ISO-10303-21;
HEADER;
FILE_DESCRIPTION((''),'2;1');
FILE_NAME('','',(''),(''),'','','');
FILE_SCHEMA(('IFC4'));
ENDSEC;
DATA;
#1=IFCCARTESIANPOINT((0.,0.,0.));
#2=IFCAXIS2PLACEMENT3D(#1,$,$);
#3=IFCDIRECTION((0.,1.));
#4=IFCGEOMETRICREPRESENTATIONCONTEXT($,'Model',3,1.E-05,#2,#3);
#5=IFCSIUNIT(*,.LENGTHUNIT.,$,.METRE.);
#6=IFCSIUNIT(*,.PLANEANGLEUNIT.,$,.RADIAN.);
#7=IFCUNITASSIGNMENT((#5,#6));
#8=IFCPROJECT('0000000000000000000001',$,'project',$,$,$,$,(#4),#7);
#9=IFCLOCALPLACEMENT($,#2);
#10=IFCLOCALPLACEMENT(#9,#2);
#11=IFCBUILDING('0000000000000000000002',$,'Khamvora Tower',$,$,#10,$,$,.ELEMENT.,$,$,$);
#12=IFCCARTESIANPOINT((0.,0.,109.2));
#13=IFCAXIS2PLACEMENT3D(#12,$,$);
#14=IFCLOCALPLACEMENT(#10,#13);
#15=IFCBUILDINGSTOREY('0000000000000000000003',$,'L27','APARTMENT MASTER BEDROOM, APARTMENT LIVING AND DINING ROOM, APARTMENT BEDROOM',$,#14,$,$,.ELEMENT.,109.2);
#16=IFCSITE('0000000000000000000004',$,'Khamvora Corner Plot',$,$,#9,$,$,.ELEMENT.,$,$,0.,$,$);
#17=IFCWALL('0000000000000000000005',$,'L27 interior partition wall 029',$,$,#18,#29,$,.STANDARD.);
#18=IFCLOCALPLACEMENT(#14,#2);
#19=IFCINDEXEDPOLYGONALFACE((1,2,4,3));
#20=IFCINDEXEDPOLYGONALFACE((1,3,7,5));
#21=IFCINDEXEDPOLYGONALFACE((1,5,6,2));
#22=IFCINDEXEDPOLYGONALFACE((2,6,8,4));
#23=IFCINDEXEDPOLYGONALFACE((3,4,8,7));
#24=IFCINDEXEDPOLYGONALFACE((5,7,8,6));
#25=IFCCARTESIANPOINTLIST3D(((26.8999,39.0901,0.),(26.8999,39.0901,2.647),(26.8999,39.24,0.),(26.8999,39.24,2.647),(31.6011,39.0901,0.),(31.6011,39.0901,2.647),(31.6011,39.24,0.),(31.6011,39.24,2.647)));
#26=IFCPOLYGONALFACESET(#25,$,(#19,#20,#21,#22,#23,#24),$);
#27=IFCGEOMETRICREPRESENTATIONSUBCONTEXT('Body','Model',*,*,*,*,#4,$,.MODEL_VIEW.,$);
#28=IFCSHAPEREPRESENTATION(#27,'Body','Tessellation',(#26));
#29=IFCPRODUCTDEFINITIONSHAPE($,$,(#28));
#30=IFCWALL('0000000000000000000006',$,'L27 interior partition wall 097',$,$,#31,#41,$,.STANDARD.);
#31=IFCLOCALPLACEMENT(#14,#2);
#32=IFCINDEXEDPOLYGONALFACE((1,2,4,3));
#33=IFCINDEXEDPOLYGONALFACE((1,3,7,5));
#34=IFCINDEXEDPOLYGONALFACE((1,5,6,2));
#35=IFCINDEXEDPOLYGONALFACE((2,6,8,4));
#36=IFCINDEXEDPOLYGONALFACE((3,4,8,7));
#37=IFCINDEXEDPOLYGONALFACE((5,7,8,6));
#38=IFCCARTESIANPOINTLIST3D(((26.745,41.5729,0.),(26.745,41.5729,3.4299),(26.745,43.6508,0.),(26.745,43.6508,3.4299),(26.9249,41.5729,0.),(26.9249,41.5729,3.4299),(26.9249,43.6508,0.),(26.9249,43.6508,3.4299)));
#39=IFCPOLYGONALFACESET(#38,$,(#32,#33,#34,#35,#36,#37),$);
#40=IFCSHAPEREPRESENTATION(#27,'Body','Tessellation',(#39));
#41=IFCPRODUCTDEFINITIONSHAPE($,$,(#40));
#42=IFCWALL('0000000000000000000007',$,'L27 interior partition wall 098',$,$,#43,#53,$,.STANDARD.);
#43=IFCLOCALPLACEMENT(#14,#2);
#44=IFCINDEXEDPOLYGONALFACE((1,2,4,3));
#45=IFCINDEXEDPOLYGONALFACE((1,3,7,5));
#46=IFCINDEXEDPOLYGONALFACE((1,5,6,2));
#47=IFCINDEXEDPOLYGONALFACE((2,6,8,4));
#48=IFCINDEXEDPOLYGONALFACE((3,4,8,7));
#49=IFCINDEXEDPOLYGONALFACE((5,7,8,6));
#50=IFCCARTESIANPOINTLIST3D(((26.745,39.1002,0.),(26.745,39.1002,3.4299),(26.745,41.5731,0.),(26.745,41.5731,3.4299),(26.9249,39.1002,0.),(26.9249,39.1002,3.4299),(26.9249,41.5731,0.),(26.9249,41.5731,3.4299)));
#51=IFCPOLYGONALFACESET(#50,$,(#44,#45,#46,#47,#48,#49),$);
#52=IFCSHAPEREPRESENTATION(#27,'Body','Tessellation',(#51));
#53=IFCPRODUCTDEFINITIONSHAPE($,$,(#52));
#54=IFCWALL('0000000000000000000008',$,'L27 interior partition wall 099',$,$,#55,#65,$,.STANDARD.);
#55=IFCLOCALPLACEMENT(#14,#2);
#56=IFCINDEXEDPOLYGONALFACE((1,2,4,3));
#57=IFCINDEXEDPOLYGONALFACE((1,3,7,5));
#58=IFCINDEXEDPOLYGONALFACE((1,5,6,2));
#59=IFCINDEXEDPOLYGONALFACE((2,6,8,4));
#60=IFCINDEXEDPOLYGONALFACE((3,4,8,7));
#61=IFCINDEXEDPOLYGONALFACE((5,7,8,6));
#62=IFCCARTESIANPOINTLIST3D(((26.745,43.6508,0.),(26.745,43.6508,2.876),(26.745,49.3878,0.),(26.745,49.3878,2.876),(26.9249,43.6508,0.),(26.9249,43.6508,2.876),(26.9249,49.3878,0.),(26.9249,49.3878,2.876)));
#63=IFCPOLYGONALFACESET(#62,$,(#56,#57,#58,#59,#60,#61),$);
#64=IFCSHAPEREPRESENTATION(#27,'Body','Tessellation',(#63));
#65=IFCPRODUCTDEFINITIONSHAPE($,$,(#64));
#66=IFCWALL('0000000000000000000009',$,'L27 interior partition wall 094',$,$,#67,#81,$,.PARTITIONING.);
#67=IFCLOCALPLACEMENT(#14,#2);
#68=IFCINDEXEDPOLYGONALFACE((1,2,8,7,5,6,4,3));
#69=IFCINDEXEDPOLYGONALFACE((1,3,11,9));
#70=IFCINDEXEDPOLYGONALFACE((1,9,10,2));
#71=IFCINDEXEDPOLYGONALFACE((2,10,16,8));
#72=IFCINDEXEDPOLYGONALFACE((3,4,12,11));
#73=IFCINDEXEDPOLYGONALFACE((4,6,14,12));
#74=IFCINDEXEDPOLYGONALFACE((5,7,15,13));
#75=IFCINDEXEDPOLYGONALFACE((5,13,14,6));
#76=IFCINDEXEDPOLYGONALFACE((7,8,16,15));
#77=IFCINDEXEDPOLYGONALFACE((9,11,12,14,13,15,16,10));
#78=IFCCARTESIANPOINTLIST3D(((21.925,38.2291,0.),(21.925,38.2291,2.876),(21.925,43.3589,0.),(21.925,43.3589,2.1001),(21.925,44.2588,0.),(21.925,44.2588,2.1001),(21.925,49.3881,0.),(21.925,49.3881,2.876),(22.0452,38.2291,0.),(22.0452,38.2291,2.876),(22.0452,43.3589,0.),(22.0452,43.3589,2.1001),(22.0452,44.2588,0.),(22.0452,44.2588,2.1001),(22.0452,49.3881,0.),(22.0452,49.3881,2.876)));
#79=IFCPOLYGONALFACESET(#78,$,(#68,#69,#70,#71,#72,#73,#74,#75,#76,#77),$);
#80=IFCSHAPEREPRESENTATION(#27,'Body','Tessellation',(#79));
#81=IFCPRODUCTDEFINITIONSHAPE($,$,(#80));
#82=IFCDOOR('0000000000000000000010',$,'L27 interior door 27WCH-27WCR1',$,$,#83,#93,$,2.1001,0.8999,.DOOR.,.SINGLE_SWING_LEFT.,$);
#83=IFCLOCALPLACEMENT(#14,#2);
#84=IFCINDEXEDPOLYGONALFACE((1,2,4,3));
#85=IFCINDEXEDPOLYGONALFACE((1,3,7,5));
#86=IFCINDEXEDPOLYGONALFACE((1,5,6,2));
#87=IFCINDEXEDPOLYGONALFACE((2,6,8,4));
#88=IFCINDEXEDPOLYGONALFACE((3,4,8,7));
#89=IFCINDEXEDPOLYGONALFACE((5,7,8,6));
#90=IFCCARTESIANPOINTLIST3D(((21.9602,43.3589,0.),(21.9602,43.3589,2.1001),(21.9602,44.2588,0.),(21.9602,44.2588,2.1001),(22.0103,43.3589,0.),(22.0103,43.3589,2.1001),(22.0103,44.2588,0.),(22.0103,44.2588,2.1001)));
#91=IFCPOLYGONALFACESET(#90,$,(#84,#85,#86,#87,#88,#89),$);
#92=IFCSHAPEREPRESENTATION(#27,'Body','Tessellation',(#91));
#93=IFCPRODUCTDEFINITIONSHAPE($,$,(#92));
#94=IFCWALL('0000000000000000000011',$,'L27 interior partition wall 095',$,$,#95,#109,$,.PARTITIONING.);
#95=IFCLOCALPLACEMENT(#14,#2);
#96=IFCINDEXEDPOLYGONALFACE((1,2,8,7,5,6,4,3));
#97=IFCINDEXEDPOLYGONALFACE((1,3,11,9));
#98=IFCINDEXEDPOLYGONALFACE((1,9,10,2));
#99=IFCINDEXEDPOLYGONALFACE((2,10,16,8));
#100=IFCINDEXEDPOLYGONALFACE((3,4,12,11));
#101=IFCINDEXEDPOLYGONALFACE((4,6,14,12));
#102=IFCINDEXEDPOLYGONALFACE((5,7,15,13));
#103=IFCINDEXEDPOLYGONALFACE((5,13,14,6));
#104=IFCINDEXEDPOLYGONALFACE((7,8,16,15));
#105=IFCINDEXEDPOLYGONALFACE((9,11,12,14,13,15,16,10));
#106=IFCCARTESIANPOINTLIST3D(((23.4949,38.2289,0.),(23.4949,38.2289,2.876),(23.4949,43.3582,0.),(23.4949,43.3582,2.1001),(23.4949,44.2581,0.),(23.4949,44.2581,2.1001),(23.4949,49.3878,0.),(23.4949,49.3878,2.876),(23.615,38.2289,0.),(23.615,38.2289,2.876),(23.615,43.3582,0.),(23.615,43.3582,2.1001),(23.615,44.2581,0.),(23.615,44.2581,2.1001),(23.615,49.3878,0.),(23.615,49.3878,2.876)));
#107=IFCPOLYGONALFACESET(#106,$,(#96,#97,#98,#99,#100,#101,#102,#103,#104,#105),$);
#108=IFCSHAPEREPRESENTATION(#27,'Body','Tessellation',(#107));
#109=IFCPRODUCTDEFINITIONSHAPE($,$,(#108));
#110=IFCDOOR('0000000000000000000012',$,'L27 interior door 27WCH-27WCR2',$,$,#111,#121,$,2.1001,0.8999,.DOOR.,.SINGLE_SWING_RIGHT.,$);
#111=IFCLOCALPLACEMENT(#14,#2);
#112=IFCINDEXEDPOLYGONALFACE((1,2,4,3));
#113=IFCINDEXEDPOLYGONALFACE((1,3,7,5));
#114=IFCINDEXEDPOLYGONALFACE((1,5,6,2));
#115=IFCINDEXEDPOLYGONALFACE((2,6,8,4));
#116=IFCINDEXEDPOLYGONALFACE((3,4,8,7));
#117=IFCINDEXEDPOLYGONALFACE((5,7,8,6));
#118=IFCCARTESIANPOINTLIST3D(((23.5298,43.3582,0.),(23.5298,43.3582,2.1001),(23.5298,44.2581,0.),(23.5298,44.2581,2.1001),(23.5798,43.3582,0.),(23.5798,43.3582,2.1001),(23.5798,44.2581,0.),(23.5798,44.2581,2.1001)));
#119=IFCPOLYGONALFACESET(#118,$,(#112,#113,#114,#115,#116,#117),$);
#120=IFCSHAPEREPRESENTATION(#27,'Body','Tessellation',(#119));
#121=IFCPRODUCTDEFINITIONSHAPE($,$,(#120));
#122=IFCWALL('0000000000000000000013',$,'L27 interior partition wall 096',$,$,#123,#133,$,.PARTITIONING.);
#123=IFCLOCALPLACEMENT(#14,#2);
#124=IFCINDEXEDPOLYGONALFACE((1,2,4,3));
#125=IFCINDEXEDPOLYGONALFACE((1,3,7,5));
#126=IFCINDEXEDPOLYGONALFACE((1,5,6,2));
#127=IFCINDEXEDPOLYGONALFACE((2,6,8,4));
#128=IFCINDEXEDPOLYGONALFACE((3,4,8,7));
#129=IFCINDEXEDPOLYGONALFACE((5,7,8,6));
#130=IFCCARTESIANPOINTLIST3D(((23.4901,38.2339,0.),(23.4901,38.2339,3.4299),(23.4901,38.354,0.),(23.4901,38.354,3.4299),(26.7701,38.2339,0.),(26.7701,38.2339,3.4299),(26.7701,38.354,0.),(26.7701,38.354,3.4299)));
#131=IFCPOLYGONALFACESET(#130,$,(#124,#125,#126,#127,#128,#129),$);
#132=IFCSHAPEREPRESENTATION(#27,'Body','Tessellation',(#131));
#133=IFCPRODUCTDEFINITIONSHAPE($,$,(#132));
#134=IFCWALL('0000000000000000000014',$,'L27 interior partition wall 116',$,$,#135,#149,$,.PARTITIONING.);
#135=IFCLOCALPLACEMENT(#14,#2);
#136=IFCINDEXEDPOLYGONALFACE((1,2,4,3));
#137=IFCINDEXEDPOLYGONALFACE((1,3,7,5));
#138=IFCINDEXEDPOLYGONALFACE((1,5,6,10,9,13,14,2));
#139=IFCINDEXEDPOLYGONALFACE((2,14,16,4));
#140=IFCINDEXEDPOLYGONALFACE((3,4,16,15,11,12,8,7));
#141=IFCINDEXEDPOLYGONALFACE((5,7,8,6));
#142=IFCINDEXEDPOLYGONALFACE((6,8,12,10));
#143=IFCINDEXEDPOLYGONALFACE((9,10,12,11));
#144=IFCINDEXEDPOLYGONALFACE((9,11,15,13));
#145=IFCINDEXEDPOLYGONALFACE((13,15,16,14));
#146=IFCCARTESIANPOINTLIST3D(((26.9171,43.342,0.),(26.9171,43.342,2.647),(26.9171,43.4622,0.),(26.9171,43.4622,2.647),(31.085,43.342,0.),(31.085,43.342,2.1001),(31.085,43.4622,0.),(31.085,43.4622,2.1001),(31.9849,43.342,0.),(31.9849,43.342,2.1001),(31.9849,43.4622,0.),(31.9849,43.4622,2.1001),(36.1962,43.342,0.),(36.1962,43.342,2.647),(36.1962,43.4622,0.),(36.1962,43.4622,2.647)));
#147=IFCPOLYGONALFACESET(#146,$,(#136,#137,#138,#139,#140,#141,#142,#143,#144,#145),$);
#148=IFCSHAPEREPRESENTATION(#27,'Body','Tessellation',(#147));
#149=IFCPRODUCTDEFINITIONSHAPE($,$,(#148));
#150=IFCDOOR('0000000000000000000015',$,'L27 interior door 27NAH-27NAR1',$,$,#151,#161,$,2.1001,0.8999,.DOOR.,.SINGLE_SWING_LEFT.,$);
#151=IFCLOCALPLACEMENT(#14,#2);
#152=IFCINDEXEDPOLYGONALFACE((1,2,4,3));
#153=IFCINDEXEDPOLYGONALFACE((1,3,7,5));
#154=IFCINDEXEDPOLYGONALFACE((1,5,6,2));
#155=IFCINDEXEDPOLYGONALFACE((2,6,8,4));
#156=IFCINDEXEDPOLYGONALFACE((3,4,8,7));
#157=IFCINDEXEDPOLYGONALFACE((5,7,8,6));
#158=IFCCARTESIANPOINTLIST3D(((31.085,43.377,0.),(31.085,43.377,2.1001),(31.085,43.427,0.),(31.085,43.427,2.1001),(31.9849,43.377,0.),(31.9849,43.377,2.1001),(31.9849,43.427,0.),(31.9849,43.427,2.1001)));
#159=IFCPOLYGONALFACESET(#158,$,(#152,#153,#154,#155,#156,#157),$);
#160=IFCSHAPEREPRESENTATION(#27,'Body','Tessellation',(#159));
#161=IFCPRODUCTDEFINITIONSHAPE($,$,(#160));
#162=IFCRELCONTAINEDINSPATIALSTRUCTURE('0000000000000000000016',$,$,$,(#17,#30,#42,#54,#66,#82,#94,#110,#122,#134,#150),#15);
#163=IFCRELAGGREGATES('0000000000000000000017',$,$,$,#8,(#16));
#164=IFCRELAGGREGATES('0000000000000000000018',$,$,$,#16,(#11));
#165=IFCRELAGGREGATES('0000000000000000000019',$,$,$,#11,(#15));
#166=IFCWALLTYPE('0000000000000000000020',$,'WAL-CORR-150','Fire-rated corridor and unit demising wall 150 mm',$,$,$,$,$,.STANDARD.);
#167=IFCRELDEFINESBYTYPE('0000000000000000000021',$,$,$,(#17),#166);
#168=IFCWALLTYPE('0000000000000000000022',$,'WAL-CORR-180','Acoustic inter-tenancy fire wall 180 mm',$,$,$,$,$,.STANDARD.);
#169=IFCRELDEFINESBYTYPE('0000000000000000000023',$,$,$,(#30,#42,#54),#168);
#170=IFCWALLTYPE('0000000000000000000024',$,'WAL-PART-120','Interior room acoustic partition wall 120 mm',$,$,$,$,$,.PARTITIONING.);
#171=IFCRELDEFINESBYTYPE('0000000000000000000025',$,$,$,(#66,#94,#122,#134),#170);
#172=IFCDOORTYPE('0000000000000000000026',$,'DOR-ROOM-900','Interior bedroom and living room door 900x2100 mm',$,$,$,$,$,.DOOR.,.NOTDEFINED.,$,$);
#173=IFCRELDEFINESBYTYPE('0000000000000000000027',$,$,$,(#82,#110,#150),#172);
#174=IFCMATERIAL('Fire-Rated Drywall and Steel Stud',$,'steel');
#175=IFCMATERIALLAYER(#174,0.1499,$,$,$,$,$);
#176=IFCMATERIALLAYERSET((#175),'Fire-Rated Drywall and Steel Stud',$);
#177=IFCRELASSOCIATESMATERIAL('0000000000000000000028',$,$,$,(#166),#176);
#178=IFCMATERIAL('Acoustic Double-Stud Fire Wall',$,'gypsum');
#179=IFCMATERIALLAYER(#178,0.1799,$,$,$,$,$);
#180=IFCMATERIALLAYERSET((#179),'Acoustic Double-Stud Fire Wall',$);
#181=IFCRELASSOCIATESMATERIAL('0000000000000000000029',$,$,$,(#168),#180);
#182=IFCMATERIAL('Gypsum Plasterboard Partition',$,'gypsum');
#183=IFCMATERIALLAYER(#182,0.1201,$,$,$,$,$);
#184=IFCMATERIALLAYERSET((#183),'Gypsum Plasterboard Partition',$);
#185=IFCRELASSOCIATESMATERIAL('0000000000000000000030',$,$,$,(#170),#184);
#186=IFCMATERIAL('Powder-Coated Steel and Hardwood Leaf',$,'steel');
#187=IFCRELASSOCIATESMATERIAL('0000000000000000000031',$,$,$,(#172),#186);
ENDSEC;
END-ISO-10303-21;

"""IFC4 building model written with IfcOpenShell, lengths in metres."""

from ifc_helpers import new_model, si_unit, direction, frame, frame_2d, origin, place, context, subcontext, project, spatial, rectangle, extrude, material, layer, layer_set, type_object, element, fill, save


model = new_model("IFC4")

# Units and contexts
model_context = context("Model", 3, precision=1e-05, world=origin(), true_north=direction((0.0, 1.0)))
body_context = subcontext(model_context, "Body", "Model", "MODEL_VIEW")
ifc_project = project(units=[si_unit("LENGTHUNIT", "METRE"), si_unit("PLANEANGLEUNIT", "RADIAN")], contexts=[model_context])

# Site, building, storey
site_placement = place(None, origin())
site = spatial("IfcSite", under=ifc_project, at=site_placement, Name="Khamvora Corner Plot", CompositionType="ELEMENT", RefElevation=0.0)
building_placement = place(site_placement, origin())
building = spatial("IfcBuilding", under=site, at=building_placement, Name="Khamvora Tower", CompositionType="ELEMENT")
storey_placement = place(building_placement, frame((0.0, 0.0, 109.2)))
storey = spatial("IfcBuildingStorey", under=building, at=storey_placement, Name="L27", Description="APARTMENT MASTER BEDROOM, APARTMENT LIVING AND DINING ROOM, APARTMENT BEDROOM", CompositionType="ELEMENT", Elevation=109.2)

# Shared definitions
ifc_material_1 = material(Name="Powder-Coated Steel and Hardwood Leaf", Category="steel")

# Walls
ifc_material_2 = material(Name="Fire-Rated Drywall and Steel Stud", Category="steel")
ifc_layer_1 = layer(ifc_material_2, 0.1499)
ifc_layer_set_1 = layer_set([ifc_layer_1], Name="Fire-Rated Drywall and Steel Stud")
wall_type_1 = type_object("IfcWallType", Name="WAL-CORR-150", Description="Fire-rated corridor and unit demising wall 150 mm", PredefinedType="STANDARD", material=ifc_layer_set_1)
wall_1_placement = place(storey_placement, frame((26.8999, 39.165, 0.0), z_axis=(0.0, 0.0, 1.0), x_axis=(1.0, 0.0, 0.0)))
element("IfcWall", 1, at=wall_1_placement, inside=storey, type_object=wall_type_1, Name="L27 interior partition wall 029", PredefinedType="STANDARD", context=body_context, shape_type="SweptSolid", body=[
    extrude(rectangle(XDim=4.7012, YDim=0.1499, at=frame_2d((2.3506, 0.0))), origin(), (0.0, 0.0, 1.0), 2.647),
])
ifc_material_3 = material(Name="Acoustic Double-Stud Fire Wall", Category="gypsum")
ifc_layer_2 = layer(ifc_material_3, 0.1799)
ifc_layer_set_2 = layer_set([ifc_layer_2], Name="Acoustic Double-Stud Fire Wall")
wall_type_2 = type_object("IfcWallType", Name="WAL-CORR-180", Description="Acoustic inter-tenancy fire wall 180 mm", PredefinedType="STANDARD", material=ifc_layer_set_2)
wall_2_placement = place(storey_placement, frame((26.835, 43.6509, 0.0), z_axis=(0.0, 0.0, 1.0), x_axis=(0.0, -1.0, 0.0)))
element("IfcWall", 2, at=wall_2_placement, inside=storey, type_object=wall_type_2, Name="L27 interior partition wall 097", PredefinedType="STANDARD", context=body_context, shape_type="SweptSolid", body=[
    extrude(rectangle(XDim=2.0779, YDim=0.1799, at=frame_2d((1.0391, 0.0))), origin(), (0.0, 0.0, 1.0), 3.4299),
])
wall_3_placement = place(storey_placement, frame((26.835, 41.573, 0.0), z_axis=(0.0, 0.0, 1.0), x_axis=(0.0, -1.0, 0.0)))
element("IfcWall", 3, at=wall_3_placement, inside=storey, type_object=wall_type_2, Name="L27 interior partition wall 098", PredefinedType="STANDARD", context=body_context, shape_type="SweptSolid", body=[
    extrude(rectangle(XDim=2.4729, YDim=0.1799, at=frame_2d((1.2363, 0.0))), origin(), (0.0, 0.0, 1.0), 3.4299),
])
wall_4_placement = place(storey_placement, frame((26.835, 49.3879, 0.0), z_axis=(0.0, 0.0, 1.0), x_axis=(0.0, -1.0, 0.0)))
element("IfcWall", 4, at=wall_4_placement, inside=storey, type_object=wall_type_2, Name="L27 interior partition wall 099", PredefinedType="STANDARD", context=body_context, shape_type="SweptSolid", body=[
    extrude(rectangle(XDim=5.7371, YDim=0.1799, at=frame_2d((2.8687, 0.0))), origin(), (0.0, 0.0, 1.0), 2.876),
])

# Walls, openings, doors
ifc_material_4 = material(Name="Gypsum Plasterboard Partition", Category="gypsum")
ifc_layer_3 = layer(ifc_material_4, 0.1201)
ifc_layer_set_3 = layer_set([ifc_layer_3], Name="Gypsum Plasterboard Partition")
wall_type_3 = type_object("IfcWallType", Name="WAL-PART-120", Description="Interior room acoustic partition wall 120 mm", PredefinedType="PARTITIONING", material=ifc_layer_set_3)
wall_5_placement = place(storey_placement, frame((21.9851, 38.229, 0.0), z_axis=(0.0, 0.0, 1.0), x_axis=(0.0, 1.0, 0.0)))
wall_5 = element("IfcWall", 5, at=wall_5_placement, inside=storey, type_object=wall_type_3, Name="L27 interior partition wall 094", PredefinedType="PARTITIONING", context=body_context, shape_type="SweptSolid", body=[
    extrude(rectangle(XDim=11.1589, YDim=0.1201, at=frame_2d((5.5796, 0.0))), origin(), (0.0, 0.0, 1.0), 2.876),
])
opening_1_placement = place(wall_5_placement, frame((5.1299, 0.0, 0.0)))
opening_1 = element("IfcOpeningElement", 6, at=opening_1_placement, cuts=wall_5, PredefinedType="OPENING", context=body_context, shape_type="SweptSolid", body=[
    extrude(rectangle(XDim=0.8999, YDim=2.1001, at=frame_2d((0.45, 1.05))), frame((0.0, 0.0701, 0.0), z_axis=(0.0, -1.0, 0.0), x_axis=(1.0, 0.0, 0.0)), (0.0, 0.0, 1.0), 0.1401),
])
door_type_1 = type_object("IfcDoorType", Name="DOR-ROOM-900", Description="Interior bedroom and living room door 900x2100 mm", OperationType="NOTDEFINED", PredefinedType="DOOR", material=ifc_material_1)
door_1_placement = place(opening_1_placement, origin())
door_1 = element("IfcDoor", 7, at=door_1_placement, inside=storey, type_object=door_type_1, Name="L27 interior door 27WCH-27WCR1", OperationType="SINGLE_SWING_LEFT", OverallHeight=2.1001, OverallWidth=0.8999, PredefinedType="DOOR", context=body_context, shape_type="SweptSolid", body=[
    extrude(rectangle(XDim=0.8999, YDim=2.1001, at=frame_2d((0.45, 1.05))), frame((0.0, 0.0249, 0.0), z_axis=(0.0, -1.0, 0.0), x_axis=(1.0, 0.0, 0.0)), (0.0, 0.0, 1.0), 0.05),
])
fill(opening_1, door_1)
wall_6_placement = place(storey_placement, frame((23.5549, 49.3879, 0.0), z_axis=(0.0, 0.0, 1.0), x_axis=(0.0, -1.0, 0.0)))
wall_6 = element("IfcWall", 8, at=wall_6_placement, inside=storey, type_object=wall_type_3, Name="L27 interior partition wall 095", PredefinedType="PARTITIONING", context=body_context, shape_type="SweptSolid", body=[
    extrude(rectangle(XDim=11.1589, YDim=0.1201, at=frame_2d((5.5796, 0.0))), origin(), (0.0, 0.0, 1.0), 2.876),
])
opening_2_placement = place(wall_6_placement, frame((5.1299, 0.0, 0.0)))
opening_2 = element("IfcOpeningElement", 9, at=opening_2_placement, cuts=wall_6, PredefinedType="OPENING", context=body_context, shape_type="SweptSolid", body=[
    extrude(rectangle(XDim=0.8999, YDim=2.1001, at=frame_2d((0.45, 1.05))), frame((0.0, 0.0701, 0.0), z_axis=(0.0, -1.0, 0.0), x_axis=(1.0, 0.0, 0.0)), (0.0, 0.0, 1.0), 0.1401),
])
door_2_placement = place(opening_2_placement, origin())
door_2 = element("IfcDoor", 10, at=door_2_placement, inside=storey, type_object=door_type_1, Name="L27 interior door 27WCH-27WCR2", OperationType="SINGLE_SWING_RIGHT", OverallHeight=2.1001, OverallWidth=0.8999, PredefinedType="DOOR", context=body_context, shape_type="SweptSolid", body=[
    extrude(rectangle(XDim=0.8999, YDim=2.1001, at=frame_2d((0.45, 1.05))), frame((0.0, 0.0249, 0.0), z_axis=(0.0, -1.0, 0.0), x_axis=(1.0, 0.0, 0.0)), (0.0, 0.0, 1.0), 0.05),
])
fill(opening_2, door_2)

# Wall
wall_7_placement = place(storey_placement, frame((23.49, 38.2939, 0.0), z_axis=(0.0, 0.0, 1.0), x_axis=(1.0, 0.0, 0.0)))
element("IfcWall", 11, at=wall_7_placement, inside=storey, type_object=wall_type_3, Name="L27 interior partition wall 096", PredefinedType="PARTITIONING", context=body_context, shape_type="SweptSolid", body=[
    extrude(rectangle(XDim=3.28, YDim=0.1201, at=frame_2d((1.6401, 0.0))), origin(), (0.0, 0.0, 1.0), 3.4299),
])

# Wall, opening, door
wall_8_placement = place(storey_placement, frame((26.917, 43.4021, 0.0), z_axis=(0.0, 0.0, 1.0), x_axis=(1.0, 0.0, 0.0)))
wall_8 = element("IfcWall", 12, at=wall_8_placement, inside=storey, type_object=wall_type_3, Name="L27 interior partition wall 116", PredefinedType="PARTITIONING", context=body_context, shape_type="SweptSolid", body=[
    extrude(rectangle(XDim=9.2791, YDim=0.1201, at=frame_2d((4.6396, 0.0))), origin(), (0.0, 0.0, 1.0), 2.647),
])
opening_3_placement = place(wall_8_placement, frame((4.168, 0.0, 0.0)))
opening_3 = element("IfcOpeningElement", 13, at=opening_3_placement, cuts=wall_8, PredefinedType="OPENING", context=body_context, shape_type="SweptSolid", body=[
    extrude(rectangle(XDim=0.8999, YDim=2.1001, at=frame_2d((0.45, 1.05))), frame((0.0, 0.0701, 0.0), z_axis=(0.0, -1.0, 0.0), x_axis=(1.0, 0.0, 0.0)), (0.0, 0.0, 1.0), 0.1401),
])
door_3_placement = place(opening_3_placement, origin())
door_3 = element("IfcDoor", 14, at=door_3_placement, inside=storey, type_object=door_type_1, Name="L27 interior door 27NAH-27NAR1", OperationType="SINGLE_SWING_LEFT", OverallHeight=2.1001, OverallWidth=0.8999, PredefinedType="DOOR", context=body_context, shape_type="SweptSolid", body=[
    extrude(rectangle(XDim=0.8999, YDim=2.1001, at=frame_2d((0.45, 1.05))), frame((0.0, 0.0249, 0.0), z_axis=(0.0, -1.0, 0.0), x_axis=(1.0, 0.0, 0.0)), (0.0, 0.0, 1.0), 0.05),
])
fill(opening_3, door_3)

save(model, "model.ifc")
